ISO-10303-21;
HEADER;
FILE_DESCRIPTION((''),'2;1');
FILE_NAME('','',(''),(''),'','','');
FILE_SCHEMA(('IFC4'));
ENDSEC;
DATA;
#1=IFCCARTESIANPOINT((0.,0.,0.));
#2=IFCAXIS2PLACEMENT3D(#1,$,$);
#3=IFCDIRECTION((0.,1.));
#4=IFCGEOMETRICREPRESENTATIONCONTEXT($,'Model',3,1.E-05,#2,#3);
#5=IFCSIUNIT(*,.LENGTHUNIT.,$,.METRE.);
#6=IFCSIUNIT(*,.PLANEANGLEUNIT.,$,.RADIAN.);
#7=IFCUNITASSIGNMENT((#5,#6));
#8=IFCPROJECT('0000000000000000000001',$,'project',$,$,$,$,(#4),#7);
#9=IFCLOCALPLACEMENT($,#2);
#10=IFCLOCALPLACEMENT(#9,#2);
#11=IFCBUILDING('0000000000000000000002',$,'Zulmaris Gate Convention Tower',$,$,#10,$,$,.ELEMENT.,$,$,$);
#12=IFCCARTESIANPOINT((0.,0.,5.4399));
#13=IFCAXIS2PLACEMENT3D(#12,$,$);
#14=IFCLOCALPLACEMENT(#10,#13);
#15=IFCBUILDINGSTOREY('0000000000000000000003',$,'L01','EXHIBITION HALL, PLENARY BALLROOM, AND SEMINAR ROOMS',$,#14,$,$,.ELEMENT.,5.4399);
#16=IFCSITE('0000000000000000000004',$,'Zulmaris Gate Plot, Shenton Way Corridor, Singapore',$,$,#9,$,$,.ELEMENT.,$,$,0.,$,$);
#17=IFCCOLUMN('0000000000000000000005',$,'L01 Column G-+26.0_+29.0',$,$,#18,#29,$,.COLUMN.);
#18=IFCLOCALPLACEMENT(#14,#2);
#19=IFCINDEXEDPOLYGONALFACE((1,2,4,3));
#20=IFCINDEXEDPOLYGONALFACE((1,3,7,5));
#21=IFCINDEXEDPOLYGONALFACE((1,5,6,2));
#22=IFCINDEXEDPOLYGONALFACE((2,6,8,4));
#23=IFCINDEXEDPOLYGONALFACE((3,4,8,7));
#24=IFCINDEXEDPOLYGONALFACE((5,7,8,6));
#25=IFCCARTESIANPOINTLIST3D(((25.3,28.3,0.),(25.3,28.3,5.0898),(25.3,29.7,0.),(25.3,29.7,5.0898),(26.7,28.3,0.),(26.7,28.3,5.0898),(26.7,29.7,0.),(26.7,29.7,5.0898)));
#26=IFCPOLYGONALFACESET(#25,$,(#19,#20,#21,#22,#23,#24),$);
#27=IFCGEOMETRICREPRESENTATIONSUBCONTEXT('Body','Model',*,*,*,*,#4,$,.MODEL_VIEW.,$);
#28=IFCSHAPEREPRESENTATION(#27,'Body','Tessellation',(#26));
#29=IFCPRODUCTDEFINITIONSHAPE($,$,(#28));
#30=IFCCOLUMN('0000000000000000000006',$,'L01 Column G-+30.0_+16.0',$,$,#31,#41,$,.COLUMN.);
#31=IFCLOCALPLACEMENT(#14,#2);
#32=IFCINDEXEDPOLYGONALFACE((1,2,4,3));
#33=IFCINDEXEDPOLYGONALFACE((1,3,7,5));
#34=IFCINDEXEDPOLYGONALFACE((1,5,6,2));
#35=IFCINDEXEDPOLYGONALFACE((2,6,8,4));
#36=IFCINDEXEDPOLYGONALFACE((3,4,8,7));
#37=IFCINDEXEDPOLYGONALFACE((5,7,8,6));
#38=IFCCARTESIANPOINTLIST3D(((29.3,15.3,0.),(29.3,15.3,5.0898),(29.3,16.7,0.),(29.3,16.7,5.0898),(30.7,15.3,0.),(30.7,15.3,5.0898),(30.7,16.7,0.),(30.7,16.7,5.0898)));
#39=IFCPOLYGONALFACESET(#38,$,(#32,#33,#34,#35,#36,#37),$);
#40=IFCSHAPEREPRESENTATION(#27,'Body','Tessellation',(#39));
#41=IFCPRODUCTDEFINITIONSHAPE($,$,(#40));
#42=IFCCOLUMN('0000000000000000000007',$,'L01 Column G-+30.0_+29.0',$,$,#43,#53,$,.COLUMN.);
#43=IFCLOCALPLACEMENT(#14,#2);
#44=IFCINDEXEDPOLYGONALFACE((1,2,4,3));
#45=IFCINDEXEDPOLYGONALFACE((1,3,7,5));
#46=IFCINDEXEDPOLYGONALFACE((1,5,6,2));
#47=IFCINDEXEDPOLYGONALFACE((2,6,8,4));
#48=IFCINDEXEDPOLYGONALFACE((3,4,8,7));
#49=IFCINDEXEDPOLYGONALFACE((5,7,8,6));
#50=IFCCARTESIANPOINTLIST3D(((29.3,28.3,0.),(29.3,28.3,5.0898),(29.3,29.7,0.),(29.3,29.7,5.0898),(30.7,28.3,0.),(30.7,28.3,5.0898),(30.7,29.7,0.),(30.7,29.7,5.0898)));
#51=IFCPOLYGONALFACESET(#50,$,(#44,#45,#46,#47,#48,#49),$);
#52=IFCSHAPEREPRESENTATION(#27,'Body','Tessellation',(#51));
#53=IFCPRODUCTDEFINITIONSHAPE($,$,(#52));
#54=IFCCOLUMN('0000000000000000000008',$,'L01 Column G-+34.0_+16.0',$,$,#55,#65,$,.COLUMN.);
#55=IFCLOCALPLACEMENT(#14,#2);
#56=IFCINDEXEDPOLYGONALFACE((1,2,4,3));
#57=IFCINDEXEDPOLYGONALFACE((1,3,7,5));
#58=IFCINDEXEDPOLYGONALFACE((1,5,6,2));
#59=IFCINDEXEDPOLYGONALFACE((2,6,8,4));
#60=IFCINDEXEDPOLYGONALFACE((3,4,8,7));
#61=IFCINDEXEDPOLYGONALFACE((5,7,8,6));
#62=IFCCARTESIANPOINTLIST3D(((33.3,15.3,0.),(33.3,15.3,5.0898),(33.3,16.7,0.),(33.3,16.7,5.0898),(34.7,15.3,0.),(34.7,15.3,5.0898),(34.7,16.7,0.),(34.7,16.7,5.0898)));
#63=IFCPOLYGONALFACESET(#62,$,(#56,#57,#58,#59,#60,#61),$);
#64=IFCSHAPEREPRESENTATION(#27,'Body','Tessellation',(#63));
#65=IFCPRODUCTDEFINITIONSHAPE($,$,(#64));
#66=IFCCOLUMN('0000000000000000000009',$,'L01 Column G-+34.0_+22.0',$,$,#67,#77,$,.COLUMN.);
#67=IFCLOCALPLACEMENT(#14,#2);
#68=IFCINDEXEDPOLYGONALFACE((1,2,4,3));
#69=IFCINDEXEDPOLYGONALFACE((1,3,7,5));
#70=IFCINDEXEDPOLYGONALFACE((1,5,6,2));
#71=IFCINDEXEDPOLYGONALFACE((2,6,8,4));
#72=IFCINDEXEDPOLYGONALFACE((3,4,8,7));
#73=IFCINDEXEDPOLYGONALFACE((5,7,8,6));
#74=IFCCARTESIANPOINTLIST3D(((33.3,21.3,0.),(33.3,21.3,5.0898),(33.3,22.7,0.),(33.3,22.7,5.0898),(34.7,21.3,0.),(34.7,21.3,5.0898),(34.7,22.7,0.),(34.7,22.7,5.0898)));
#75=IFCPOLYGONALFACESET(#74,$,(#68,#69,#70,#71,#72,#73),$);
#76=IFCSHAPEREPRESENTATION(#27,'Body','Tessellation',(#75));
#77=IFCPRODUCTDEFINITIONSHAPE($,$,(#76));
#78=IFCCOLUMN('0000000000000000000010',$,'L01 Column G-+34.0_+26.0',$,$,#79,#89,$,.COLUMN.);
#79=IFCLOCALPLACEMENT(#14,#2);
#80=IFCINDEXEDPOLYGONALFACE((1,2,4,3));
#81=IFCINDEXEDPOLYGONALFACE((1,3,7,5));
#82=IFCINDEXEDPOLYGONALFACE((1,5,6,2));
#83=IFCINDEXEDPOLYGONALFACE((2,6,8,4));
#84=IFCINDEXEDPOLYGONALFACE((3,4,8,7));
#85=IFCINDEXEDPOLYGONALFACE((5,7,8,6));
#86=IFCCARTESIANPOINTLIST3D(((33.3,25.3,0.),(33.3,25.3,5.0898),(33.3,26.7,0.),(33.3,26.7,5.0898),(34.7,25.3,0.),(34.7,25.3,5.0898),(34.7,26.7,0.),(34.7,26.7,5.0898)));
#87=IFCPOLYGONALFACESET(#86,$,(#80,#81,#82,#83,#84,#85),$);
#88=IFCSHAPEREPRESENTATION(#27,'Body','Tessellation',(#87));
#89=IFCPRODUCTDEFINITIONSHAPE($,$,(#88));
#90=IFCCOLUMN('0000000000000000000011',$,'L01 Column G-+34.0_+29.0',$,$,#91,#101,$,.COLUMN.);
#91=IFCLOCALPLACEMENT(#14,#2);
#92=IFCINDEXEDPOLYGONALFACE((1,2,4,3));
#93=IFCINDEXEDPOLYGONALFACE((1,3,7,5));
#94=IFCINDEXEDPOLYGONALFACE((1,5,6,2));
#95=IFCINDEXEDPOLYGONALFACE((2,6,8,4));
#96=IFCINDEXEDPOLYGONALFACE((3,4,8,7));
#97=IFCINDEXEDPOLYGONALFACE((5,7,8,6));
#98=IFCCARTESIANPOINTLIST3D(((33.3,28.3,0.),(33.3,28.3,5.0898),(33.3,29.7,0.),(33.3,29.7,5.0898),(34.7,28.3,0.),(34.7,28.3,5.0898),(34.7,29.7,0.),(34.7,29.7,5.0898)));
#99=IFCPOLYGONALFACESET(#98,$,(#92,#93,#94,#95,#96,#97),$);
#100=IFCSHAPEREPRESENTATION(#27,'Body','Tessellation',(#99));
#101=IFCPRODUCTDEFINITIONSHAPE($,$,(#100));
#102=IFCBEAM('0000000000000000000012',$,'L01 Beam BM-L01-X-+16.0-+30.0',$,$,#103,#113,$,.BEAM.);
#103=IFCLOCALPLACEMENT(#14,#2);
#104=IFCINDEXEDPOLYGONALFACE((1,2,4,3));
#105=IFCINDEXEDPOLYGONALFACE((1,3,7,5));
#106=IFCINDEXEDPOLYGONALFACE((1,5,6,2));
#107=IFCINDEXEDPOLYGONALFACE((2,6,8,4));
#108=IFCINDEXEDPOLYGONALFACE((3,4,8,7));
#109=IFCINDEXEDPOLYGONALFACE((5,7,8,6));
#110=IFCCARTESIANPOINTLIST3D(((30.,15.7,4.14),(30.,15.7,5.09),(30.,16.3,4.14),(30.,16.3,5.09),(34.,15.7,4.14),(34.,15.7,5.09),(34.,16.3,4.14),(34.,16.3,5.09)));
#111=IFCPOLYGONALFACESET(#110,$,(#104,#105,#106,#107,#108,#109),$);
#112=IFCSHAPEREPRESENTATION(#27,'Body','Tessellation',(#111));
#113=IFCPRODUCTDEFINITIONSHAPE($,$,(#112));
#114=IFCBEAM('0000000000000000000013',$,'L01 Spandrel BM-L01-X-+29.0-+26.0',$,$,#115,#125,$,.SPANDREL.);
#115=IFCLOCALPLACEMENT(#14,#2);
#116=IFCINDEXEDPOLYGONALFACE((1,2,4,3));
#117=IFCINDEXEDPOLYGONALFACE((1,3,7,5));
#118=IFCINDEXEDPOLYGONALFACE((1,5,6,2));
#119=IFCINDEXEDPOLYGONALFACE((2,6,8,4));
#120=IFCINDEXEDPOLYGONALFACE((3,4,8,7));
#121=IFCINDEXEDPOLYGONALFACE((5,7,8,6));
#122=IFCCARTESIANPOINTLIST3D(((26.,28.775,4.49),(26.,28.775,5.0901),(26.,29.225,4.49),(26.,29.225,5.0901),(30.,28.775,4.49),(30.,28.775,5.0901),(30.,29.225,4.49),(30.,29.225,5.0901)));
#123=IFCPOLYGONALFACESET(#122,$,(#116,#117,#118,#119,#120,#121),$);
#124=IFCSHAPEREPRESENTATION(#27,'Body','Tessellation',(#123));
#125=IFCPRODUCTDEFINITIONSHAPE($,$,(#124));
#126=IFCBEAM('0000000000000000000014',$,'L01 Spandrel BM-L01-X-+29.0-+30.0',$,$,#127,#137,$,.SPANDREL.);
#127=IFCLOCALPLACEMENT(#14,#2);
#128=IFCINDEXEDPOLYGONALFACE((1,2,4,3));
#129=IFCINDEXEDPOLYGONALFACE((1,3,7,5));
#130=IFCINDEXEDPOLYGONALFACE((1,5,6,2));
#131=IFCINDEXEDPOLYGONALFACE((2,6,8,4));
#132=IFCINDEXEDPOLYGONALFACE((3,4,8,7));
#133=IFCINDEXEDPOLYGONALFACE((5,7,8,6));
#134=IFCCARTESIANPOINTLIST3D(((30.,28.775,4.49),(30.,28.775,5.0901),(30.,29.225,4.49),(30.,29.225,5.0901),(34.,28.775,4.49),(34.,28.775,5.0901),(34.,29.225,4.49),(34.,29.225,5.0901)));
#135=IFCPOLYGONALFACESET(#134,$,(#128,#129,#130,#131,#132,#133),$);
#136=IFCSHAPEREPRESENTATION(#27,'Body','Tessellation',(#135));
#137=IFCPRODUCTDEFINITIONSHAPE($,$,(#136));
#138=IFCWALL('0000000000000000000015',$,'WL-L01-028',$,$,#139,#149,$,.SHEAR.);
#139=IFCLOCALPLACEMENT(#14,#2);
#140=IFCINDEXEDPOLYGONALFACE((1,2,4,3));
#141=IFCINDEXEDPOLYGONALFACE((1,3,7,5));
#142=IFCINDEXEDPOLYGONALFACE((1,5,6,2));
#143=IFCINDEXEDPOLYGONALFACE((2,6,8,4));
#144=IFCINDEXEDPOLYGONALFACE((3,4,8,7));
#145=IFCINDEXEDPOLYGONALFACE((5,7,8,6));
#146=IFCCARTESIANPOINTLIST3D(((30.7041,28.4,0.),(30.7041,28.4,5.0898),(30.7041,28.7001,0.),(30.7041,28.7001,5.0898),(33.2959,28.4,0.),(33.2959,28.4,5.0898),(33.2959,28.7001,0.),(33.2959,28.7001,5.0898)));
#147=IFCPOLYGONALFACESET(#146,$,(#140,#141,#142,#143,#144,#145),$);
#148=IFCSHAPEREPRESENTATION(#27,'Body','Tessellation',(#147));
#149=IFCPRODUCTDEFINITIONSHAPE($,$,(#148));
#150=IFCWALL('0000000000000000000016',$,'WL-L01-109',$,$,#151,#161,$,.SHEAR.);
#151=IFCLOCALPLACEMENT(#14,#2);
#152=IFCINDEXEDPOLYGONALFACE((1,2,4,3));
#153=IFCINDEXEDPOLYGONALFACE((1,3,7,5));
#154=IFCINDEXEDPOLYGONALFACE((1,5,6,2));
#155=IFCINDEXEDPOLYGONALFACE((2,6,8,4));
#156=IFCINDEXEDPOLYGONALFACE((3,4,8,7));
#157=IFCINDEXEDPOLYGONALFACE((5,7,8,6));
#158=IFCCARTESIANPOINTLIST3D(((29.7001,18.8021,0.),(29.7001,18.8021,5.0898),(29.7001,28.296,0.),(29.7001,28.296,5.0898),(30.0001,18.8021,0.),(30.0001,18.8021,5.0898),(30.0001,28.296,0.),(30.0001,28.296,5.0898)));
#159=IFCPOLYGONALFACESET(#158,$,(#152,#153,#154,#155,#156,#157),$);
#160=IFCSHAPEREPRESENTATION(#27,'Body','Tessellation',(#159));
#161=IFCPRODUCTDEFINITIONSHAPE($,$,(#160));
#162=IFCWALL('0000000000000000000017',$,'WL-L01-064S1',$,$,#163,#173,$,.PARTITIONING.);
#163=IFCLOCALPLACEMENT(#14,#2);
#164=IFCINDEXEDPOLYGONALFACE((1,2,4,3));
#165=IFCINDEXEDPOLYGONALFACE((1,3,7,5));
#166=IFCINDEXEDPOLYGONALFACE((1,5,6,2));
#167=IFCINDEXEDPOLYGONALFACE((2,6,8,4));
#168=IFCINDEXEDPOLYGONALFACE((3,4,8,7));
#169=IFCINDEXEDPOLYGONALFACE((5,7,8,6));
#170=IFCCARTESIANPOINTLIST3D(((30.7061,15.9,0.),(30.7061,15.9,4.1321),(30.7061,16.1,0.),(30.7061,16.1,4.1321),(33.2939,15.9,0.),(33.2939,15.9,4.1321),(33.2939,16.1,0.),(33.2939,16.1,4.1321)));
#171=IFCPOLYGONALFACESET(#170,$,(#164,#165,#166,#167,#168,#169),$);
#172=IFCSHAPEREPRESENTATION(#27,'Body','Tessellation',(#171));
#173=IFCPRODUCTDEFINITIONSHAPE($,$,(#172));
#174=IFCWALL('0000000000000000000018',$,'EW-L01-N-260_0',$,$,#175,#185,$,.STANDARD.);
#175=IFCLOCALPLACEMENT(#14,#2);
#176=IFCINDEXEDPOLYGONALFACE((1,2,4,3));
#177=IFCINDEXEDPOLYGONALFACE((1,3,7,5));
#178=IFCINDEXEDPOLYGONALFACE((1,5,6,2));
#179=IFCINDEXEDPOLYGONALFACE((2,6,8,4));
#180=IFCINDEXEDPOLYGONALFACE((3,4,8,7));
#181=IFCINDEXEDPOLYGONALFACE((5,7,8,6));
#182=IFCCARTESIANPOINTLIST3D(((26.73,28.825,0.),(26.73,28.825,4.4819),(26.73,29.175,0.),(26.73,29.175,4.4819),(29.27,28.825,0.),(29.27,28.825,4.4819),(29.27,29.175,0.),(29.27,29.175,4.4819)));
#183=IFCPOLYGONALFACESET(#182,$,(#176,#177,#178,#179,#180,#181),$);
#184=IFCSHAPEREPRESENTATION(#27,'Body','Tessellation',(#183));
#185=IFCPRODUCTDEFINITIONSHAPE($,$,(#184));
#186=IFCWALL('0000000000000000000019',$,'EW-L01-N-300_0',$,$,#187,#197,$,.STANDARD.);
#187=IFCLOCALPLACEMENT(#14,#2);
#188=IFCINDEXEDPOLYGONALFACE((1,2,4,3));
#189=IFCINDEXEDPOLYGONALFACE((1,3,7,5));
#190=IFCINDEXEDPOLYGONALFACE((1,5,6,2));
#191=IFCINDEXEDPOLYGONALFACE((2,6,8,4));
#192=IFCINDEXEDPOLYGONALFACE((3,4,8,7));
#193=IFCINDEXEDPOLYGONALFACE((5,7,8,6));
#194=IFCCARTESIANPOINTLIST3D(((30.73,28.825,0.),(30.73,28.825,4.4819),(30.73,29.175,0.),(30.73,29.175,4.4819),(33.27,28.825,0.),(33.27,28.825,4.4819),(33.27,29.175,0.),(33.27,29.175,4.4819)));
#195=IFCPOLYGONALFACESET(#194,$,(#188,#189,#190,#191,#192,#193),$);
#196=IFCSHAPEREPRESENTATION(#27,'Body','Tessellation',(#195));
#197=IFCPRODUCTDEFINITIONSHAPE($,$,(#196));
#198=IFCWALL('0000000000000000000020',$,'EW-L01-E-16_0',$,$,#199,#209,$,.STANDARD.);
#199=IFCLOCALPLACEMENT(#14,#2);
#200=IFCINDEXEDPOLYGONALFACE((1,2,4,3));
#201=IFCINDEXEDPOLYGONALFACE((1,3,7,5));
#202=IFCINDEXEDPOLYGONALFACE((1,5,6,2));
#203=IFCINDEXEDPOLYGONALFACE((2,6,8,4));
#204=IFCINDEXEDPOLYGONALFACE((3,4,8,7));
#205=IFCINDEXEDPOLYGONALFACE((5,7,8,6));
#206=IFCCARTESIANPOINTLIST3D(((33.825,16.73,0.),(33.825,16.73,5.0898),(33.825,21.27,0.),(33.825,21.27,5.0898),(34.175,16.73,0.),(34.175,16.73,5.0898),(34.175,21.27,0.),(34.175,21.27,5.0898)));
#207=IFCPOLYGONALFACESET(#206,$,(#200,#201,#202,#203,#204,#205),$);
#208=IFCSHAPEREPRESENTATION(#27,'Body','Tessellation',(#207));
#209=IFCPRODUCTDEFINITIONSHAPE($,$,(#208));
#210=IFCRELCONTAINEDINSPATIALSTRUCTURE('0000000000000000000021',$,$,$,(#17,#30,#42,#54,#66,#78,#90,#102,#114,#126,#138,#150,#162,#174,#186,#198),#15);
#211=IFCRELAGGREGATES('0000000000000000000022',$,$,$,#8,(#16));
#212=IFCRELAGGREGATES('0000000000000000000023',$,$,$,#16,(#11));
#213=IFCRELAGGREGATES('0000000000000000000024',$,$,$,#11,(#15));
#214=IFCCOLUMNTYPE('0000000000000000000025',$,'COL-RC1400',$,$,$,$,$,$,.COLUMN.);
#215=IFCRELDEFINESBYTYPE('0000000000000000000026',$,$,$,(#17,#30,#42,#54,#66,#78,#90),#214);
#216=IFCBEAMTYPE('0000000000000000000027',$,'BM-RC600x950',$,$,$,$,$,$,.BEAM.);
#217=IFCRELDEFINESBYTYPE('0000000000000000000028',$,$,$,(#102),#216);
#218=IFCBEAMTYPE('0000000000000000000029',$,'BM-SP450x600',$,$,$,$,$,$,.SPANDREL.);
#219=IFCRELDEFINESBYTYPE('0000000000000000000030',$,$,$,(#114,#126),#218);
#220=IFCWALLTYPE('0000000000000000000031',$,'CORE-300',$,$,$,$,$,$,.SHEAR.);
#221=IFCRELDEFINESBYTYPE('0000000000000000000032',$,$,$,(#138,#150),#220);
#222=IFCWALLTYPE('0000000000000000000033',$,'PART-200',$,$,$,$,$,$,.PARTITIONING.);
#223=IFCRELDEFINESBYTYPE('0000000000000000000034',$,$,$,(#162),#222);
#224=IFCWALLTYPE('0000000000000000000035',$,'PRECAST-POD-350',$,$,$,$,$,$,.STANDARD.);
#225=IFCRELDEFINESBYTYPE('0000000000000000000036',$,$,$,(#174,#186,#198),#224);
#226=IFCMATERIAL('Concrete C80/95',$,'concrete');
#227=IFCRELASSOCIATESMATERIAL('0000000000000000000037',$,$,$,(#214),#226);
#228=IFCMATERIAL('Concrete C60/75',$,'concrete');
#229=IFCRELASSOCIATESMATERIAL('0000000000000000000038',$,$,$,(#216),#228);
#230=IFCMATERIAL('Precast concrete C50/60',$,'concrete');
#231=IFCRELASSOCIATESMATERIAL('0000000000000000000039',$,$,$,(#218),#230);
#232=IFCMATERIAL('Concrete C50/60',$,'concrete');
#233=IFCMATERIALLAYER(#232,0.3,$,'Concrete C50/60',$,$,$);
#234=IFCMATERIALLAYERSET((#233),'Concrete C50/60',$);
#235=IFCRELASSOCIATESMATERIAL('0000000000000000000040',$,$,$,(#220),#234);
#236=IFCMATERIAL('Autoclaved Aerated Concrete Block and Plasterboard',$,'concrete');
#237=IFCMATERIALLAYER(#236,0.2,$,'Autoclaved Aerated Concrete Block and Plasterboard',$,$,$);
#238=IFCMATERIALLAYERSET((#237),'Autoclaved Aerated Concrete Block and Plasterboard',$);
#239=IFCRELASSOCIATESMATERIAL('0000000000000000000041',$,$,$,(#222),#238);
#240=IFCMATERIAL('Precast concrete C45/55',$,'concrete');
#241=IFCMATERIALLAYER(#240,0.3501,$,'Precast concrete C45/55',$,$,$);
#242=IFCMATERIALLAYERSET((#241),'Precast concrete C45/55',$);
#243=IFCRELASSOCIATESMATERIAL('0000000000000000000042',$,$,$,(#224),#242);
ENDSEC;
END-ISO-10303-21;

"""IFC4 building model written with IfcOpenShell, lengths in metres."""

from ifc_helpers import new_model, si_unit, direction, frame, frame_2d, origin, origin_2d, place, context, subcontext, project, spatial, rectangle, extrude, material, layer, layer_set, material_profile, profile_set, type_object, element, save


model = new_model("IFC4")

# Units and contexts
model_context = context("Model", 3, precision=1e-05, world=origin(), true_north=direction((0.0, 1.0)))
body_context = subcontext(model_context, "Body", "Model", "MODEL_VIEW")
ifc_project = project(units=[si_unit("LENGTHUNIT", "METRE"), si_unit("PLANEANGLEUNIT", "RADIAN")], contexts=[model_context])

# Site, building, storey
site_placement = place(None, origin())
site = spatial("IfcSite", under=ifc_project, at=site_placement, Name="Zulmaris Gate Plot, Shenton Way Corridor, Singapore", CompositionType="ELEMENT", RefElevation=0.0)
building_placement = place(site_placement, origin())
building = spatial("IfcBuilding", under=site, at=building_placement, Name="Zulmaris Gate Convention Tower", CompositionType="ELEMENT")
storey_placement = place(building_placement, frame((0.0, 0.0, 5.4399)))
storey = spatial("IfcBuildingStorey", under=building, at=storey_placement, Name="L01", Description="EXHIBITION HALL, PLENARY BALLROOM, AND SEMINAR ROOMS", CompositionType="ELEMENT", Elevation=5.4399)

# Columns
ifc_material_1 = material(Name="Concrete C80/95", Category="concrete")
ifc_material_profile_1 = material_profile(ifc_material_1, rectangle(XDim=1.3999, YDim=1.3999, at=origin_2d()), Name="RC COL 1400x1400")
ifc_profile_set_1 = profile_set([ifc_material_profile_1], Name="Concrete C80/95")
column_type = type_object("IfcColumnType", Name="COL-RC1400", PredefinedType="COLUMN", material=ifc_profile_set_1)
for number, where, z_axis, x_axis, name in (
    (1, (26.0, 29.0, 0.0), (0.0, 0.0, 1.0), (1.0, 0.0, 0.0), "L01 Column G-+26.0_+29.0"),
    (2, (30.0, 16.0, 0.0), (0.0, 0.0, 1.0), (1.0, 0.0, 0.0), "L01 Column G-+30.0_+16.0"),
    (3, (30.0, 29.0, 0.0), (0.0, 0.0, 1.0), (1.0, 0.0, 0.0), "L01 Column G-+30.0_+29.0"),
    (4, (34.0, 16.0, 0.0), (0.0, 0.0, 1.0), (1.0, 0.0, 0.0), "L01 Column G-+34.0_+16.0"),
    (5, (34.0, 22.0, 0.0), (0.0, 0.0, 1.0), (1.0, 0.0, 0.0), "L01 Column G-+34.0_+22.0"),
    (6, (34.0, 26.0, 0.0), (0.0, 0.0, 1.0), (1.0, 0.0, 0.0), "L01 Column G-+34.0_+26.0"),
    (7, (34.0, 29.0, 0.0), (0.0, 0.0, 1.0), (1.0, 0.0, 0.0), "L01 Column G-+34.0_+29.0"),
):
    element("IfcColumn", number, at=place(storey_placement, frame(where, z_axis=z_axis, x_axis=x_axis)), inside=storey, type_object=column_type, Name=name, PredefinedType="COLUMN", context=body_context, shape_type="SweptSolid", body=[
        extrude(rectangle(XDim=1.3999, YDim=1.3999, at=origin_2d()), origin(), (0.0, 0.0, 1.0), 5.0898),
    ])

# Beams
ifc_material_2 = material(Name="Concrete C60/75", Category="concrete")
ifc_material_profile_2 = material_profile(ifc_material_2, rectangle(XDim=0.6001, YDim=0.95, at=origin_2d()), Name="RC BEAM 600x950")
ifc_profile_set_2 = profile_set([ifc_material_profile_2], Name="Concrete C60/75")
beam_type_1 = type_object("IfcBeamType", Name="BM-RC600x950", PredefinedType="BEAM", material=ifc_profile_set_2)
beam_placement = place(storey_placement, frame((30.0, 16.0, 4.615), z_axis=(1.0, 0.0, 0.0), x_axis=(0.0, 1.0, 0.0)))
element("IfcBeam", 8, at=beam_placement, inside=storey, type_object=beam_type_1, Name="L01 Beam BM-L01-X-+16.0-+30.0", PredefinedType="BEAM", context=body_context, shape_type="SweptSolid", body=[
    extrude(rectangle(XDim=0.6001, YDim=0.95, at=origin_2d()), origin(), (0.0, 0.0, 1.0), 4.0),
])
ifc_material_3 = material(Name="Precast concrete C50/60", Category="concrete")
ifc_material_profile_3 = material_profile(ifc_material_3, rectangle(XDim=0.45, YDim=0.6001, at=origin_2d()), Name="RC SPANDREL 450x600")
ifc_profile_set_3 = profile_set([ifc_material_profile_3], Name="Precast concrete C50/60")
beam_type_2 = type_object("IfcBeamType", Name="BM-SP450x600", PredefinedType="SPANDREL", material=ifc_profile_set_3)
for number, where, z_axis, x_axis, name in (
    (9, (26.0, 29.0, 4.79), (1.0, 0.0, 0.0), (0.0, 1.0, 0.0), "L01 Spandrel BM-L01-X-+29.0-+26.0"),
    (10, (30.0, 29.0, 4.79), (1.0, 0.0, 0.0), (0.0, 1.0, 0.0), "L01 Spandrel BM-L01-X-+29.0-+30.0"),
):
    element("IfcBeam", number, at=place(storey_placement, frame(where, z_axis=z_axis, x_axis=x_axis)), inside=storey, type_object=beam_type_2, Name=name, PredefinedType="SPANDREL", context=body_context, shape_type="SweptSolid", body=[
        extrude(rectangle(XDim=0.45, YDim=0.6001, at=origin_2d()), origin(), (0.0, 0.0, 1.0), 4.0),
    ])

# Shared definitions
ifc_material_4 = material(Name="Concrete C50/60", Category="concrete")
ifc_layer_1 = layer(ifc_material_4, 0.3, Name="Concrete C50/60")
ifc_layer_set_1 = layer_set([ifc_layer_1], Name="Concrete C50/60")
wall_type_1 = type_object("IfcWallType", Name="CORE-300", PredefinedType="SHEAR", material=ifc_layer_set_1)

# Walls
wall_1_placement = place(storey_placement, frame((30.7041, 28.55, 0.0), z_axis=(0.0, 0.0, 1.0), x_axis=(1.0, 0.0, 0.0)))
element("IfcWall", 11, at=wall_1_placement, inside=storey, type_object=wall_type_1, Name="WL-L01-028", PredefinedType="SHEAR", context=body_context, shape_type="SweptSolid", body=[
    extrude(rectangle(XDim=2.5918, YDim=0.3, at=frame_2d((1.2959, 0.0))), origin(), (0.0, 0.0, 1.0), 5.0898),
])
wall_2_placement = place(storey_placement, frame((29.8501, 18.802, 0.0), z_axis=(0.0, 0.0, 1.0), x_axis=(0.0, 1.0, 0.0)))
element("IfcWall", 12, at=wall_2_placement, inside=storey, type_object=wall_type_1, Name="WL-L01-109", PredefinedType="SHEAR", context=body_context, shape_type="SweptSolid", body=[
    extrude(rectangle(XDim=9.4939, YDim=0.3, at=frame_2d((4.7471, 0.0))), origin(), (0.0, 0.0, 1.0), 5.0898),
])
ifc_material_5 = material(Name="Autoclaved Aerated Concrete Block and Plasterboard", Category="concrete")
ifc_layer_2 = layer(ifc_material_5, 0.2, Name="Autoclaved Aerated Concrete Block and Plasterboard")
ifc_layer_set_2 = layer_set([ifc_layer_2], Name="Autoclaved Aerated Concrete Block and Plasterboard")
wall_type_2 = type_object("IfcWallType", Name="PART-200", PredefinedType="PARTITIONING", material=ifc_layer_set_2)
wall_3_placement = place(storey_placement, frame((30.7061, 16.0, 0.0), z_axis=(0.0, 0.0, 1.0), x_axis=(1.0, 0.0, 0.0)))
element("IfcWall", 13, at=wall_3_placement, inside=storey, type_object=wall_type_2, Name="WL-L01-064S1", PredefinedType="PARTITIONING", context=body_context, shape_type="SweptSolid", body=[
    extrude(rectangle(XDim=2.5879, YDim=0.2, at=frame_2d((1.2939, 0.0))), origin(), (0.0, 0.0, 1.0), 4.1321),
])
ifc_material_6 = material(Name="Precast concrete C45/55", Category="concrete")
ifc_layer_3 = layer(ifc_material_6, 0.3501, Name="Precast concrete C45/55")
ifc_layer_set_3 = layer_set([ifc_layer_3], Name="Precast concrete C45/55")
wall_type_3 = type_object("IfcWallType", Name="PRECAST-POD-350", PredefinedType="STANDARD", material=ifc_layer_set_3)
for number, where, z_axis, x_axis, name in (
    (14, (29.27, 29.0, 0.0), (0.0, 0.0, 1.0), (-1.0, 0.0, 0.0), "EW-L01-N-260_0"),
    (15, (33.27, 29.0, 0.0), (0.0, 0.0, 1.0), (-1.0, 0.0, 0.0), "EW-L01-N-300_0"),
):
    element("IfcWall", number, at=place(storey_placement, frame(where, z_axis=z_axis, x_axis=x_axis)), inside=storey, type_object=wall_type_3, Name=name, PredefinedType="STANDARD", context=body_context, shape_type="SweptSolid", body=[
        extrude(rectangle(XDim=2.54, YDim=0.3501, at=frame_2d((1.27, 0.0))), origin(), (0.0, 0.0, 1.0), 4.4819),
    ])
wall_4_placement = place(storey_placement, frame((34.0, 21.27, 0.0), z_axis=(0.0, 0.0, 1.0), x_axis=(0.0, -1.0, 0.0)))
element("IfcWall", 16, at=wall_4_placement, inside=storey, type_object=wall_type_3, Name="EW-L01-E-16_0", PredefinedType="STANDARD", context=body_context, shape_type="SweptSolid", body=[
    extrude(rectangle(XDim=4.54, YDim=0.3501, at=frame_2d((2.27, 0.0))), origin(), (0.0, 0.0, 1.0), 5.0898),
])

save(model, "model.ifc")
